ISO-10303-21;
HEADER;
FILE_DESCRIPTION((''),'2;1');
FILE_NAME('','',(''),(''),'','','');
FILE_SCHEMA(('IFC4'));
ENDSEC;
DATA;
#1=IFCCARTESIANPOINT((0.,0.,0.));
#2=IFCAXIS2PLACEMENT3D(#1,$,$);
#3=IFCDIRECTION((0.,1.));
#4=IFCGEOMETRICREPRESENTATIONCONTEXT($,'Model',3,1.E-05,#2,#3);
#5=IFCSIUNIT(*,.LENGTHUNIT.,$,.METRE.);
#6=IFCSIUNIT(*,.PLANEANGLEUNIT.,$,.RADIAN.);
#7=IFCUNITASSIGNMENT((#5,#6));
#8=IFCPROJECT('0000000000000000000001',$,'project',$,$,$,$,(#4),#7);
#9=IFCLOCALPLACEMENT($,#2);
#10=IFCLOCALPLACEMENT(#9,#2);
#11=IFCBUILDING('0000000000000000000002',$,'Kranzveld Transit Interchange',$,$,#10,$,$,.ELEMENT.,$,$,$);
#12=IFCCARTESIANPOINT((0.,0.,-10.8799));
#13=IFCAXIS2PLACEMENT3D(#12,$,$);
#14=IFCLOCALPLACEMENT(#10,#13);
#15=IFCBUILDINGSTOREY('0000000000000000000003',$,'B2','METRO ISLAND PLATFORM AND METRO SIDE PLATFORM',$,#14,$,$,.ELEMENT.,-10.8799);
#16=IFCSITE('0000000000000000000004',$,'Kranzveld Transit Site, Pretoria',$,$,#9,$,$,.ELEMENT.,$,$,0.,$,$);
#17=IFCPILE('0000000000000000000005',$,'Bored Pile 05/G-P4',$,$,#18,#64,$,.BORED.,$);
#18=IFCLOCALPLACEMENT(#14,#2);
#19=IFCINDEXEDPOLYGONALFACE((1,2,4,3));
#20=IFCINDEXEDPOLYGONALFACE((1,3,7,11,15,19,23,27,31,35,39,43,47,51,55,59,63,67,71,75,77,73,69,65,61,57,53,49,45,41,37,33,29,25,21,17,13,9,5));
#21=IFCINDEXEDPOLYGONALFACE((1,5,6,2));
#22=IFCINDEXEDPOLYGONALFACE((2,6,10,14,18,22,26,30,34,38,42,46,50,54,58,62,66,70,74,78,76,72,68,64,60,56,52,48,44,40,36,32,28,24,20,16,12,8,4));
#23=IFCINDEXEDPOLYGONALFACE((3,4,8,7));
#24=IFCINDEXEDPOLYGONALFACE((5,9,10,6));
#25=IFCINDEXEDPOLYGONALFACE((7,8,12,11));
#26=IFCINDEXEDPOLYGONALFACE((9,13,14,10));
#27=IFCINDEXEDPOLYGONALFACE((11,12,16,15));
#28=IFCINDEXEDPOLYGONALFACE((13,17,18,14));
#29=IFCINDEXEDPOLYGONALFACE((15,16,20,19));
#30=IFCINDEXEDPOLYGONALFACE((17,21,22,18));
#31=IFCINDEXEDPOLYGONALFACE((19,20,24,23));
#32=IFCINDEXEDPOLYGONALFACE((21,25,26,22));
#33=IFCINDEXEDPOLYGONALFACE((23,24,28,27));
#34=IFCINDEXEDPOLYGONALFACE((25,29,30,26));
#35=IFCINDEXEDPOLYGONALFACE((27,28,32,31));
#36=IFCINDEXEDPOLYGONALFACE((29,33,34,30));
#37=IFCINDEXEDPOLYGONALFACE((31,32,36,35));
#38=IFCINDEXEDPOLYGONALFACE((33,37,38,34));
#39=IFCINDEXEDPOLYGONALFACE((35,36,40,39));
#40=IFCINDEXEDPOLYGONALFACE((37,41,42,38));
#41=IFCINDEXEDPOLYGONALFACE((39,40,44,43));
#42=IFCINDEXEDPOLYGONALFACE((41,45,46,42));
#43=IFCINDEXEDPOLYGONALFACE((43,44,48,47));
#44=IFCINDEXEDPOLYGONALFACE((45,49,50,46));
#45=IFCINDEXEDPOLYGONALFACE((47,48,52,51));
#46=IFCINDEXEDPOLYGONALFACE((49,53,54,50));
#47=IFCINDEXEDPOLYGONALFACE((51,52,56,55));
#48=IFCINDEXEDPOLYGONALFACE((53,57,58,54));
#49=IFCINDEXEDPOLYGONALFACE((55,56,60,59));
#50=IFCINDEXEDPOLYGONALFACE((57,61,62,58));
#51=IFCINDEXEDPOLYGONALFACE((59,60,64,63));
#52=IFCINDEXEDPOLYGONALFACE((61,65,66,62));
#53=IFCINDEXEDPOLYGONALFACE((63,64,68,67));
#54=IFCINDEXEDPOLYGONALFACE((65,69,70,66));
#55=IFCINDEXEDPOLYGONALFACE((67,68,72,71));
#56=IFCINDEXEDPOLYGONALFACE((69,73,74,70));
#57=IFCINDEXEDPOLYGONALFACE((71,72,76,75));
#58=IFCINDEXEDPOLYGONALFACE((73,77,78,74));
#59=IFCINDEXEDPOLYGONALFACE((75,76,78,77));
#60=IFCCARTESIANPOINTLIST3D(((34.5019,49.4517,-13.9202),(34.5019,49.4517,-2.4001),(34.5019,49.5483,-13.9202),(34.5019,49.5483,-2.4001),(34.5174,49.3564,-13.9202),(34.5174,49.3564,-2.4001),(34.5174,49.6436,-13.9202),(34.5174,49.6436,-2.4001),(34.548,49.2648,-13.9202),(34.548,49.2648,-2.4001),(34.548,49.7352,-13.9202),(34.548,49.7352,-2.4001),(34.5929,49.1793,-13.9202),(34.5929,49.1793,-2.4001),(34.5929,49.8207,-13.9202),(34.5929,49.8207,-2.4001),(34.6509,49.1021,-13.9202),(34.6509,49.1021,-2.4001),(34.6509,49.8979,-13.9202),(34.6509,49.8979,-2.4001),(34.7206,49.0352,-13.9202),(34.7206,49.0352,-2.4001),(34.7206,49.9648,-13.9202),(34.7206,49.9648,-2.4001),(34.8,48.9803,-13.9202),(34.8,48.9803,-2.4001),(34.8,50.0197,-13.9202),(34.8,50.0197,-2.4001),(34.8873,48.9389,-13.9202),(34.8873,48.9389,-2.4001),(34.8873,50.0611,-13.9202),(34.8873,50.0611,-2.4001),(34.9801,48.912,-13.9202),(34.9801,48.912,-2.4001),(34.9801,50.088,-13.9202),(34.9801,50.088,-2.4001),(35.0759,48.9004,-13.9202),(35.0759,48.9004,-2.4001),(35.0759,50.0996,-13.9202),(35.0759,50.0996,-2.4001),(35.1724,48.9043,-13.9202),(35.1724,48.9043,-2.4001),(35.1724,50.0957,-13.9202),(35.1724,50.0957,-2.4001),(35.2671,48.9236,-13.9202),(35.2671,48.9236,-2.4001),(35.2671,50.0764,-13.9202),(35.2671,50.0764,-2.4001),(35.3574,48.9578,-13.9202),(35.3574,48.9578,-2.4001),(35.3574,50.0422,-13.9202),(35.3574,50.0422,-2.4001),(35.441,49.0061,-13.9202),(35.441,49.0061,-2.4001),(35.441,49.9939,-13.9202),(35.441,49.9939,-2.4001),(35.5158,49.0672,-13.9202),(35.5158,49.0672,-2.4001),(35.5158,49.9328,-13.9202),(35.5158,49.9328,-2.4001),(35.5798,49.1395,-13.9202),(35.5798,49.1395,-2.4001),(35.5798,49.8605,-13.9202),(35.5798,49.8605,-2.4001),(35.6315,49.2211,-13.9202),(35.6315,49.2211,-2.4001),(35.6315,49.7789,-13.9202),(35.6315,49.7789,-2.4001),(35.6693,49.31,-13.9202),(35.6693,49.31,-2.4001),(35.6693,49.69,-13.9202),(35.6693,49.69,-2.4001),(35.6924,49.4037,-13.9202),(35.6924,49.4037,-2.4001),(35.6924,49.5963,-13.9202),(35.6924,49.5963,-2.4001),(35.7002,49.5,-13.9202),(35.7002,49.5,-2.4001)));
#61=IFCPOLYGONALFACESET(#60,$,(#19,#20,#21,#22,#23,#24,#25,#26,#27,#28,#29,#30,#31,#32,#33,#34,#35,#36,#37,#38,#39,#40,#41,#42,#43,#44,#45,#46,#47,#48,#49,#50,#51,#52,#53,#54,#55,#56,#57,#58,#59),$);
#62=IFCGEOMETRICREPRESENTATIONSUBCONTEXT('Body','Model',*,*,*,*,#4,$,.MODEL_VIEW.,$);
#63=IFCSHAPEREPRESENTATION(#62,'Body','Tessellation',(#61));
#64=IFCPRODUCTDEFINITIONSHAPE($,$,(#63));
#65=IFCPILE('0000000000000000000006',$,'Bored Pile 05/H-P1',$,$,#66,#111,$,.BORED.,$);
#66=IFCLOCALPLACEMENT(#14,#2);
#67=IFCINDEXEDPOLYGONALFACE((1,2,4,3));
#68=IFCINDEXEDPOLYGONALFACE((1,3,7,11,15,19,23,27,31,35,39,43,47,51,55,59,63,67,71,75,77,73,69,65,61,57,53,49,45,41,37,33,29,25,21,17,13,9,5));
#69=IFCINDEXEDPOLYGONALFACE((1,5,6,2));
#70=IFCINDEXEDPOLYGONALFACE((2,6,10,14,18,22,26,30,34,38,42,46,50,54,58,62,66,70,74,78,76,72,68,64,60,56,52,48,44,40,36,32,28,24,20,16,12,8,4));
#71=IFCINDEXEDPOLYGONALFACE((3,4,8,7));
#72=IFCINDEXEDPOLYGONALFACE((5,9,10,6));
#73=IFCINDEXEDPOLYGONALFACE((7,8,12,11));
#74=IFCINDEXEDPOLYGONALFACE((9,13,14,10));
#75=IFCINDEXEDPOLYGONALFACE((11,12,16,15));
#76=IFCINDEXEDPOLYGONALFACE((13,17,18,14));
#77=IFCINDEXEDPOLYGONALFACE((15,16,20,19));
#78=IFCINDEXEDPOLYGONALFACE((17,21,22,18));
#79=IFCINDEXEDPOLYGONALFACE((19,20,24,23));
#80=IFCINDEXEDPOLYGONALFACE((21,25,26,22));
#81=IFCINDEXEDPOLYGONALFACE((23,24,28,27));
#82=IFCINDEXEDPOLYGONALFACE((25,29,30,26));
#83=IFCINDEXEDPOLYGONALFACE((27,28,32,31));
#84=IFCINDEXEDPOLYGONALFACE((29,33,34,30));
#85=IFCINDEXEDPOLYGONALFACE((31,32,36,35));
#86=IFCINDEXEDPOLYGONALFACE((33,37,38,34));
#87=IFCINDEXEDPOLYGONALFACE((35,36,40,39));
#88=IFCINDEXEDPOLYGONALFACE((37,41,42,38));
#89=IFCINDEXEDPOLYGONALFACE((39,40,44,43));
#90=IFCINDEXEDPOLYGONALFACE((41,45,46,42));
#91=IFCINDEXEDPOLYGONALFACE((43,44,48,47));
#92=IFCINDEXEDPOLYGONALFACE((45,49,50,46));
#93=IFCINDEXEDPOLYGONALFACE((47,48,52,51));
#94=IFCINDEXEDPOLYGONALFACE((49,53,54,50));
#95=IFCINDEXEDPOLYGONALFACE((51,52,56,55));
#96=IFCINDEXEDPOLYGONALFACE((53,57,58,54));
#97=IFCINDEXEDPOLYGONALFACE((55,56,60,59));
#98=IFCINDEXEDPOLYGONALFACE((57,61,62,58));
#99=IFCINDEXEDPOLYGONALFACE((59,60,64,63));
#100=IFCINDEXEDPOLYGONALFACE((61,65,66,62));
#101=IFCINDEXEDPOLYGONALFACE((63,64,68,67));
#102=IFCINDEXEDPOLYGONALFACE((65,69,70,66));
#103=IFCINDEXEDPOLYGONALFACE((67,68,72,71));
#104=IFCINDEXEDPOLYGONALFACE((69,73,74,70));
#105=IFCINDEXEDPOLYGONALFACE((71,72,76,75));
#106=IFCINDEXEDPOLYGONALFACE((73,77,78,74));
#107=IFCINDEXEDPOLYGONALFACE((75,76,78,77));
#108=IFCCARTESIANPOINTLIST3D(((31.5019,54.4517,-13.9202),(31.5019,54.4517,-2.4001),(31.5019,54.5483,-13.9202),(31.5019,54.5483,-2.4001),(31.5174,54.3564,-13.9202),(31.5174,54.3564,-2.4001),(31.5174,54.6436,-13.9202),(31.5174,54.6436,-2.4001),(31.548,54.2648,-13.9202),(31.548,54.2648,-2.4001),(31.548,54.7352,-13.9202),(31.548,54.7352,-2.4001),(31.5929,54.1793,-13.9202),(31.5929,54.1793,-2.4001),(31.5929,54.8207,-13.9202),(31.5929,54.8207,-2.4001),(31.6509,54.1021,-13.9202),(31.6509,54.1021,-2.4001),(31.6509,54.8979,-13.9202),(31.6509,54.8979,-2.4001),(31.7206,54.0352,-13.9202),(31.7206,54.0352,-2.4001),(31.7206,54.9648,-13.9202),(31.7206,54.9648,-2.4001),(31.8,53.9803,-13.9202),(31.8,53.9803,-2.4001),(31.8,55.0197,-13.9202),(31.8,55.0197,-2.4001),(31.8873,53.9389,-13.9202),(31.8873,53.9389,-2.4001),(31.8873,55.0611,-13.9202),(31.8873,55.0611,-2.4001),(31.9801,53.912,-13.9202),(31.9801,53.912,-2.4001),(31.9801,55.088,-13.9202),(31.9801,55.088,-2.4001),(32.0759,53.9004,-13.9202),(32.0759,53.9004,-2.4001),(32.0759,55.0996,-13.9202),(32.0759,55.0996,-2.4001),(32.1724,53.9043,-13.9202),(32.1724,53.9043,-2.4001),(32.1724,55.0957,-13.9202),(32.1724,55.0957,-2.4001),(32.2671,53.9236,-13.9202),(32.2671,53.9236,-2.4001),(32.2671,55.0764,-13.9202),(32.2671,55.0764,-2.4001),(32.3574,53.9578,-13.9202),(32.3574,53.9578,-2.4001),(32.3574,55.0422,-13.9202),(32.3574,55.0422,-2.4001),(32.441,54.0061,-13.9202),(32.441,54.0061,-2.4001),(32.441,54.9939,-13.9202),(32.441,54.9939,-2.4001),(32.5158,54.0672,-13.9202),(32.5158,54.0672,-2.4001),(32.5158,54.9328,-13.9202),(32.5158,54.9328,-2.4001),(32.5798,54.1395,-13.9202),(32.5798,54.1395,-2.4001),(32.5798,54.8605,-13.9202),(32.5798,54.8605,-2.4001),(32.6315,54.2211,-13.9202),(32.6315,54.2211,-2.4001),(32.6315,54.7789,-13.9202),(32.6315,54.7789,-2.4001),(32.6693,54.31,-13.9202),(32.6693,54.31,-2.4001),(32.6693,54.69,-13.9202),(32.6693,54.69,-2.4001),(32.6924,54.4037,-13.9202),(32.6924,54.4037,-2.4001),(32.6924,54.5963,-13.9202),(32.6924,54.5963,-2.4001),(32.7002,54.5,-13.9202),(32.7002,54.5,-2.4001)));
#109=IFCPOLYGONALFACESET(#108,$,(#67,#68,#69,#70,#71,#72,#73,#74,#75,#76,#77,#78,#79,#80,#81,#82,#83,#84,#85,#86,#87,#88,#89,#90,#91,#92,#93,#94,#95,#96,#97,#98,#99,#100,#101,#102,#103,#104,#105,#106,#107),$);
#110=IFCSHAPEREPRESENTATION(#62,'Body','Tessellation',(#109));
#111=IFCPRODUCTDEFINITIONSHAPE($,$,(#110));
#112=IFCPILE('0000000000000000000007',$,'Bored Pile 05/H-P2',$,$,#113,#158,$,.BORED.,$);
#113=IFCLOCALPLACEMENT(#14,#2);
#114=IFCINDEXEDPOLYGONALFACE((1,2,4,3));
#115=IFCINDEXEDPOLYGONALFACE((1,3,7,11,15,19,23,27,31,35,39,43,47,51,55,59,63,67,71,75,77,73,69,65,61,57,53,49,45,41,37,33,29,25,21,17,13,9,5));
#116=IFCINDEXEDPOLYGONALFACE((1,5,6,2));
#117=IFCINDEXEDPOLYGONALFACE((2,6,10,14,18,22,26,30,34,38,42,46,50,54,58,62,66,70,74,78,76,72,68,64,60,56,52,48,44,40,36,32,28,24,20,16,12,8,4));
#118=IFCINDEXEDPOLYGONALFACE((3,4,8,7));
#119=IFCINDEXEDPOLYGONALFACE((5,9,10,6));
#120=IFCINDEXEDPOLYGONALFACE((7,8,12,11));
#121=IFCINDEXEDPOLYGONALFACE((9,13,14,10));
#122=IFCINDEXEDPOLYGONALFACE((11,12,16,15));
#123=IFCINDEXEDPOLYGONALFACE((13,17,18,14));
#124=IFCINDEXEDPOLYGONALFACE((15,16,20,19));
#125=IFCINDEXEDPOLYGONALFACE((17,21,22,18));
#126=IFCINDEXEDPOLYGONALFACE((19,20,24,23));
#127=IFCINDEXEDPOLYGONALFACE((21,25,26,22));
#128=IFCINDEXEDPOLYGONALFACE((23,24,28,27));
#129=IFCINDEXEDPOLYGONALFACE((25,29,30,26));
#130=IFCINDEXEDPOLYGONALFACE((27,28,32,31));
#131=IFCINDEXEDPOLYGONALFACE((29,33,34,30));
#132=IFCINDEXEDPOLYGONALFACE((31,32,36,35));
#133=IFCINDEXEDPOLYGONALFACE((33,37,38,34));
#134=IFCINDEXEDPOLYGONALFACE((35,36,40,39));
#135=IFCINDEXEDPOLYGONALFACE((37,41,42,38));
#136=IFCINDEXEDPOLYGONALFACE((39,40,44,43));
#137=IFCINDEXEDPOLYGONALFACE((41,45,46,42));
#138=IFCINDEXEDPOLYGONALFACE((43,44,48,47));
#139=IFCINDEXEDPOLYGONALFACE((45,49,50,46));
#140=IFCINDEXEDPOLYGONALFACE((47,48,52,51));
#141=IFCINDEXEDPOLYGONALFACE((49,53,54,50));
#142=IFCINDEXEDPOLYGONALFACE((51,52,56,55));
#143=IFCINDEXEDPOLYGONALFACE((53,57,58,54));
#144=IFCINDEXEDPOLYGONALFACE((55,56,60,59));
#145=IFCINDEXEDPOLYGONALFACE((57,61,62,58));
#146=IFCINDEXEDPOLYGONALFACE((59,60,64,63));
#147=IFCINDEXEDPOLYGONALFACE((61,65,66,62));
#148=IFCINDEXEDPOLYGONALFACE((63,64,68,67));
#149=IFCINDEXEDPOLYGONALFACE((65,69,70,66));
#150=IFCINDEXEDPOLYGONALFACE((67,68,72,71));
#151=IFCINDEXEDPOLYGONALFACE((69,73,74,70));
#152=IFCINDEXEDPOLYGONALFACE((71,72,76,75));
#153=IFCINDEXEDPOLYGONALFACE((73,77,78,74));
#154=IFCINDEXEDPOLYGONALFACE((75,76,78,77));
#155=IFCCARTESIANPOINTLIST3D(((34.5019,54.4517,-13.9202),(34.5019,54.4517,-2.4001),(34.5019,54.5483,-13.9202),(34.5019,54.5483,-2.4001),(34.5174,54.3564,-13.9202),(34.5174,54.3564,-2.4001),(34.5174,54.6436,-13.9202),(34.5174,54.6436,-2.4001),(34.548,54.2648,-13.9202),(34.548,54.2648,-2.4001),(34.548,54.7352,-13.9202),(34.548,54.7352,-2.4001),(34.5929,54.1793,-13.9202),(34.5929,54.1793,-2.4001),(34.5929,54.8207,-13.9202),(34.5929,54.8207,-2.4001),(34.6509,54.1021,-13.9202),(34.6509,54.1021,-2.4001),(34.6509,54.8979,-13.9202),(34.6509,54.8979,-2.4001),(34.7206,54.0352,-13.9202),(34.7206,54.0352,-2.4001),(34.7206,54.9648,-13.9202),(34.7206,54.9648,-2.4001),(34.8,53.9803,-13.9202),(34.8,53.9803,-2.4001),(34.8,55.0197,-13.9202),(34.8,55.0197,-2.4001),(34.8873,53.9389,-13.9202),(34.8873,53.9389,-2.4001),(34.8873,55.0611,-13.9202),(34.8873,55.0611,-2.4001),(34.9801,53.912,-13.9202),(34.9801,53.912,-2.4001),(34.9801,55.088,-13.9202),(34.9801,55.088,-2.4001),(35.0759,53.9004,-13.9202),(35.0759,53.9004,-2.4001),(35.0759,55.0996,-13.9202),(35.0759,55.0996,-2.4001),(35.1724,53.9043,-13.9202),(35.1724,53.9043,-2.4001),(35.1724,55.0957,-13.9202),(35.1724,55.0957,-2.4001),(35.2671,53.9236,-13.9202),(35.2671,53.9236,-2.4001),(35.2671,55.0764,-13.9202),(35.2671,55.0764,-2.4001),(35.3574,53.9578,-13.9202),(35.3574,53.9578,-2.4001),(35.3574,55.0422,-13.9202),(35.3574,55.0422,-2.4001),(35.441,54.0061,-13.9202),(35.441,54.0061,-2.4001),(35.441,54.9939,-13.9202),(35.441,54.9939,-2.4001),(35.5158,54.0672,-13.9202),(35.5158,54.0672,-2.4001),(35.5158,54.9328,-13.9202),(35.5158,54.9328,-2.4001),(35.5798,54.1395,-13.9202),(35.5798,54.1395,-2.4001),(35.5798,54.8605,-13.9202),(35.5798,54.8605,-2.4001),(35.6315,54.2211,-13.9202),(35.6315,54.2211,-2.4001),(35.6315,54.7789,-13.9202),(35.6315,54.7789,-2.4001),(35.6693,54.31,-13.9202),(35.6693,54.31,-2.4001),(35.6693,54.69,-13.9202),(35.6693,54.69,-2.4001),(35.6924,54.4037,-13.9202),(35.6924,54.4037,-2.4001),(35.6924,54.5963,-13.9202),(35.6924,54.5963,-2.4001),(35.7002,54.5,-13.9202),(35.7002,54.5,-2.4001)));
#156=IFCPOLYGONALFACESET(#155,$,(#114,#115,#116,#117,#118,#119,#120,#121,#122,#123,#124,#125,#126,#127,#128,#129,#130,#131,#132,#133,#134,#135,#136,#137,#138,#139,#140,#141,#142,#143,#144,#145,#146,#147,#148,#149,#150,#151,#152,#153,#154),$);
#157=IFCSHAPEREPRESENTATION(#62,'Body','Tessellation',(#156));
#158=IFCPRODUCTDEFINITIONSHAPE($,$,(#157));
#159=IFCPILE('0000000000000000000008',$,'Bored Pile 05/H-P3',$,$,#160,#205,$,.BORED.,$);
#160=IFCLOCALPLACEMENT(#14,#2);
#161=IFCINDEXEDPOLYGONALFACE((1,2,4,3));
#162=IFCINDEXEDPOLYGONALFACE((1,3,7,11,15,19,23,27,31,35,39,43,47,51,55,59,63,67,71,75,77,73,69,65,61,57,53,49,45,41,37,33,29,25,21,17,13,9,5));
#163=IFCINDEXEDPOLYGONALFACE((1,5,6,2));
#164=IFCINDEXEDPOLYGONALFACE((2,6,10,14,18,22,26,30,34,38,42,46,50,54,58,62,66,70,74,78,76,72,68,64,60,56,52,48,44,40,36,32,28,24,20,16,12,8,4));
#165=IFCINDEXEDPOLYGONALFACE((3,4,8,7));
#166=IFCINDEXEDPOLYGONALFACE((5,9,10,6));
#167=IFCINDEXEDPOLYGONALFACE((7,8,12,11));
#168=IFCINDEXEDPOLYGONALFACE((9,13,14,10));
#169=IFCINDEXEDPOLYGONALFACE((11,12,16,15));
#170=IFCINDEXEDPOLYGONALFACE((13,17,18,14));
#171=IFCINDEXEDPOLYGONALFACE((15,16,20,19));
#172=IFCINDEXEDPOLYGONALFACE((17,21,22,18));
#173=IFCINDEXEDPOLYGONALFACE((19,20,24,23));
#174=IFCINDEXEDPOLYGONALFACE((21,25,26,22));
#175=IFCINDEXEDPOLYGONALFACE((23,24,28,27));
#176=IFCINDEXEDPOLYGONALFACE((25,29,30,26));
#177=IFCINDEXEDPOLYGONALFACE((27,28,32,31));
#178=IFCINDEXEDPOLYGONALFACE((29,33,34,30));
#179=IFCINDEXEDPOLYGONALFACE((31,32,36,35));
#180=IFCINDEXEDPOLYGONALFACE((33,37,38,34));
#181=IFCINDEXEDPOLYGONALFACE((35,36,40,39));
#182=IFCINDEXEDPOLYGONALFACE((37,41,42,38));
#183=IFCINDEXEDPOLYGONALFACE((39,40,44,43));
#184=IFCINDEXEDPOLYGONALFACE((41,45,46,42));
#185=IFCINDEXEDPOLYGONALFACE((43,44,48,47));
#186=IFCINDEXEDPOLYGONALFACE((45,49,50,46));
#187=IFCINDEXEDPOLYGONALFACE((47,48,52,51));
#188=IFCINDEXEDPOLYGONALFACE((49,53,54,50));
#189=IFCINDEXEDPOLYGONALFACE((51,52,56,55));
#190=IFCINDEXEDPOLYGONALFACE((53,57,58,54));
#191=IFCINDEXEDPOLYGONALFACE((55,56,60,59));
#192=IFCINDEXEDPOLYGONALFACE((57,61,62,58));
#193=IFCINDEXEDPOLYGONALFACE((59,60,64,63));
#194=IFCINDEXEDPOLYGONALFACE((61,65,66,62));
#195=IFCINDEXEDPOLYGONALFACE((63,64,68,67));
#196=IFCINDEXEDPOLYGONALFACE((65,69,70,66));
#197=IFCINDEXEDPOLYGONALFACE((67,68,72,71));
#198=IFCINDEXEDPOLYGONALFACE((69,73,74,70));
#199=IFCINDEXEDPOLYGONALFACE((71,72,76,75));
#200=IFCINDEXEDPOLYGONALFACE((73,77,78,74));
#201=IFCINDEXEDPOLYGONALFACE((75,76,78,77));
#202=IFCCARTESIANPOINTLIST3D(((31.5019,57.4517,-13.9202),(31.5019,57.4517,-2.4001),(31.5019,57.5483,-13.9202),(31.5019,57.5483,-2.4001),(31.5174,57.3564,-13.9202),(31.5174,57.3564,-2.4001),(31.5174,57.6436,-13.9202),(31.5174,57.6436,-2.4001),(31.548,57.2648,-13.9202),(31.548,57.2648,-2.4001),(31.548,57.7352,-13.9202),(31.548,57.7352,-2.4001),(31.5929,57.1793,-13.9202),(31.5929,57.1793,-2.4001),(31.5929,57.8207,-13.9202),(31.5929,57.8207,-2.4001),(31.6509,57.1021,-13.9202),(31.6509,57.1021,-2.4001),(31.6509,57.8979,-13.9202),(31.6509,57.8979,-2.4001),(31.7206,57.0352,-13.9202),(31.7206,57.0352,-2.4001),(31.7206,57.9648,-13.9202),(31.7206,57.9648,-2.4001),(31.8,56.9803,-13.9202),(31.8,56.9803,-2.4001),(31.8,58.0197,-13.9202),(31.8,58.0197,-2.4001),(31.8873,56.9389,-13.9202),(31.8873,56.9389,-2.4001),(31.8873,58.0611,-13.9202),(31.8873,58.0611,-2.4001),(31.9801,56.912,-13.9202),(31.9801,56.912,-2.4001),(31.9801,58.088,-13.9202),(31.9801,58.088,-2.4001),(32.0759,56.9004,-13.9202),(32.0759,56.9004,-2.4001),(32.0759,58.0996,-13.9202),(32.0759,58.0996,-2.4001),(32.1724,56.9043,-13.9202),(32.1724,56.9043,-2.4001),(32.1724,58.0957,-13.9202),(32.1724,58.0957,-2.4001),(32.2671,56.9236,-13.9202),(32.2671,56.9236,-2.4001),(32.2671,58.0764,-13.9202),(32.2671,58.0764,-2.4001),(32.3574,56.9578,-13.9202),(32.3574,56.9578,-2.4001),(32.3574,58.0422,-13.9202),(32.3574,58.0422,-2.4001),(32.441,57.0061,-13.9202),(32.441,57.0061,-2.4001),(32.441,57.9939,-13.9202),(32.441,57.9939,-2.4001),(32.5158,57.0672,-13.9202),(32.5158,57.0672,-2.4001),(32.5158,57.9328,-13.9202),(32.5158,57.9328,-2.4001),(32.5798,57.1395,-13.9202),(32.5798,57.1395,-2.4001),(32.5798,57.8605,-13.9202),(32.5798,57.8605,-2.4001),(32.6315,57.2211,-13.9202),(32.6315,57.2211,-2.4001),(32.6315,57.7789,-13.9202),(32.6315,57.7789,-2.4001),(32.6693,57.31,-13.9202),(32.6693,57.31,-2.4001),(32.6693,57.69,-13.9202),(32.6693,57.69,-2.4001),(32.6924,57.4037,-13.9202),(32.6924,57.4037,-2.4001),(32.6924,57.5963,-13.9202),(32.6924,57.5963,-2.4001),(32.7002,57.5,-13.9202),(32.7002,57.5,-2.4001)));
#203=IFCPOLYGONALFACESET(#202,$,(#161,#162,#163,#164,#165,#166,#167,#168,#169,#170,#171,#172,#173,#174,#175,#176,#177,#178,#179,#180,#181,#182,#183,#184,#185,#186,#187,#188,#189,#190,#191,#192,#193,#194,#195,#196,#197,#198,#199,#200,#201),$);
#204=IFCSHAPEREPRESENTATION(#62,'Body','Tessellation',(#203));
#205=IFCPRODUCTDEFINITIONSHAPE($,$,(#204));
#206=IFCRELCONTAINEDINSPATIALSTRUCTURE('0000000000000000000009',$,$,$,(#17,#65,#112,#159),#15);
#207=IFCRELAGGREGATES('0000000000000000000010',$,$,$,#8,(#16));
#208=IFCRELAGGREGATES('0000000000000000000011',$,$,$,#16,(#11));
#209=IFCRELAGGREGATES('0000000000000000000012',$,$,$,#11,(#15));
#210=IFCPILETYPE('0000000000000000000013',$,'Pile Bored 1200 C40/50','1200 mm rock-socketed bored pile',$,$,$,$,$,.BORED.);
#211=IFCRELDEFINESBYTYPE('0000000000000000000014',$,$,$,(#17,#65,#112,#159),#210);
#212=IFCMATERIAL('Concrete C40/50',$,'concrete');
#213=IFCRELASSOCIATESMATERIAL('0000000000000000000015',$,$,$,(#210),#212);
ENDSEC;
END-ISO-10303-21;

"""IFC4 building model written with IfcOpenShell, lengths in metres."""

from ifc_helpers import new_model, si_unit, direction, frame, origin, origin_2d, place, context, subcontext, project, spatial, circle, extrude, material, material_profile, profile_set, type_object, element, save


model = new_model("IFC4")

# Units and contexts
model_context = context("Model", 3, precision=1e-05, world=origin(), true_north=direction((0.0, 1.0)))
body_context = subcontext(model_context, "Body", "Model", "MODEL_VIEW")
ifc_project = project(units=[si_unit("LENGTHUNIT", "METRE"), si_unit("PLANEANGLEUNIT", "RADIAN")], contexts=[model_context])

# Site, building, storey
site_placement = place(None, origin())
site = spatial("IfcSite", under=ifc_project, at=site_placement, Name="Kranzveld Transit Site, Pretoria", CompositionType="ELEMENT", RefElevation=0.0)
building_placement = place(site_placement, origin())
building = spatial("IfcBuilding", under=site, at=building_placement, Name="Kranzveld Transit Interchange", CompositionType="ELEMENT")
storey_placement = place(building_placement, frame((0.0, 0.0, -10.8799)))
storey = spatial("IfcBuildingStorey", under=building, at=storey_placement, Name="B2", Description="METRO ISLAND PLATFORM AND METRO SIDE PLATFORM", CompositionType="ELEMENT", Elevation=-10.8799)

# Piles
ifc_material_1 = material(Name="Concrete C40/50", Category="concrete")
ifc_material_profile_1 = material_profile(ifc_material_1, circle(Radius=0.6001, at=origin_2d()), Name="BORED PILE 1200")
ifc_profile_set_1 = profile_set([ifc_material_profile_1], Name="Concrete C40/50")
pile_type_1 = type_object("IfcPileType", Name="Pile Bored 1200 C40/50", Description="1200 mm rock-socketed bored pile", PredefinedType="BORED", material=ifc_profile_set_1)
for number, where, z_axis, x_axis, name in (
    (1, (35.1001, 49.5, -2.4001), (0.0, 0.0, -1.0), (1.0, 0.0, 0.0), "Bored Pile 05/G-P4"),
    (2, (32.1001, 54.5, -2.4001), (0.0, 0.0, -1.0), (1.0, 0.0, 0.0), "Bored Pile 05/H-P1"),
    (3, (35.1001, 54.5, -2.4001), (0.0, 0.0, -1.0), (1.0, 0.0, 0.0), "Bored Pile 05/H-P2"),
    (4, (32.1001, 57.5, -2.4001), (0.0, 0.0, -1.0), (1.0, 0.0, 0.0), "Bored Pile 05/H-P3"),
):
    element("IfcPile", number, at=place(storey_placement, frame(where, z_axis=z_axis, x_axis=x_axis)), inside=storey, type_object=pile_type_1, Name=name, PredefinedType="BORED", context=body_context, shape_type="SweptSolid", body=[
        extrude(circle(Radius=0.6001, at=origin_2d()), origin(), (0.0, 0.0, 1.0), 11.52),
    ])

save(model, "model.ifc")
